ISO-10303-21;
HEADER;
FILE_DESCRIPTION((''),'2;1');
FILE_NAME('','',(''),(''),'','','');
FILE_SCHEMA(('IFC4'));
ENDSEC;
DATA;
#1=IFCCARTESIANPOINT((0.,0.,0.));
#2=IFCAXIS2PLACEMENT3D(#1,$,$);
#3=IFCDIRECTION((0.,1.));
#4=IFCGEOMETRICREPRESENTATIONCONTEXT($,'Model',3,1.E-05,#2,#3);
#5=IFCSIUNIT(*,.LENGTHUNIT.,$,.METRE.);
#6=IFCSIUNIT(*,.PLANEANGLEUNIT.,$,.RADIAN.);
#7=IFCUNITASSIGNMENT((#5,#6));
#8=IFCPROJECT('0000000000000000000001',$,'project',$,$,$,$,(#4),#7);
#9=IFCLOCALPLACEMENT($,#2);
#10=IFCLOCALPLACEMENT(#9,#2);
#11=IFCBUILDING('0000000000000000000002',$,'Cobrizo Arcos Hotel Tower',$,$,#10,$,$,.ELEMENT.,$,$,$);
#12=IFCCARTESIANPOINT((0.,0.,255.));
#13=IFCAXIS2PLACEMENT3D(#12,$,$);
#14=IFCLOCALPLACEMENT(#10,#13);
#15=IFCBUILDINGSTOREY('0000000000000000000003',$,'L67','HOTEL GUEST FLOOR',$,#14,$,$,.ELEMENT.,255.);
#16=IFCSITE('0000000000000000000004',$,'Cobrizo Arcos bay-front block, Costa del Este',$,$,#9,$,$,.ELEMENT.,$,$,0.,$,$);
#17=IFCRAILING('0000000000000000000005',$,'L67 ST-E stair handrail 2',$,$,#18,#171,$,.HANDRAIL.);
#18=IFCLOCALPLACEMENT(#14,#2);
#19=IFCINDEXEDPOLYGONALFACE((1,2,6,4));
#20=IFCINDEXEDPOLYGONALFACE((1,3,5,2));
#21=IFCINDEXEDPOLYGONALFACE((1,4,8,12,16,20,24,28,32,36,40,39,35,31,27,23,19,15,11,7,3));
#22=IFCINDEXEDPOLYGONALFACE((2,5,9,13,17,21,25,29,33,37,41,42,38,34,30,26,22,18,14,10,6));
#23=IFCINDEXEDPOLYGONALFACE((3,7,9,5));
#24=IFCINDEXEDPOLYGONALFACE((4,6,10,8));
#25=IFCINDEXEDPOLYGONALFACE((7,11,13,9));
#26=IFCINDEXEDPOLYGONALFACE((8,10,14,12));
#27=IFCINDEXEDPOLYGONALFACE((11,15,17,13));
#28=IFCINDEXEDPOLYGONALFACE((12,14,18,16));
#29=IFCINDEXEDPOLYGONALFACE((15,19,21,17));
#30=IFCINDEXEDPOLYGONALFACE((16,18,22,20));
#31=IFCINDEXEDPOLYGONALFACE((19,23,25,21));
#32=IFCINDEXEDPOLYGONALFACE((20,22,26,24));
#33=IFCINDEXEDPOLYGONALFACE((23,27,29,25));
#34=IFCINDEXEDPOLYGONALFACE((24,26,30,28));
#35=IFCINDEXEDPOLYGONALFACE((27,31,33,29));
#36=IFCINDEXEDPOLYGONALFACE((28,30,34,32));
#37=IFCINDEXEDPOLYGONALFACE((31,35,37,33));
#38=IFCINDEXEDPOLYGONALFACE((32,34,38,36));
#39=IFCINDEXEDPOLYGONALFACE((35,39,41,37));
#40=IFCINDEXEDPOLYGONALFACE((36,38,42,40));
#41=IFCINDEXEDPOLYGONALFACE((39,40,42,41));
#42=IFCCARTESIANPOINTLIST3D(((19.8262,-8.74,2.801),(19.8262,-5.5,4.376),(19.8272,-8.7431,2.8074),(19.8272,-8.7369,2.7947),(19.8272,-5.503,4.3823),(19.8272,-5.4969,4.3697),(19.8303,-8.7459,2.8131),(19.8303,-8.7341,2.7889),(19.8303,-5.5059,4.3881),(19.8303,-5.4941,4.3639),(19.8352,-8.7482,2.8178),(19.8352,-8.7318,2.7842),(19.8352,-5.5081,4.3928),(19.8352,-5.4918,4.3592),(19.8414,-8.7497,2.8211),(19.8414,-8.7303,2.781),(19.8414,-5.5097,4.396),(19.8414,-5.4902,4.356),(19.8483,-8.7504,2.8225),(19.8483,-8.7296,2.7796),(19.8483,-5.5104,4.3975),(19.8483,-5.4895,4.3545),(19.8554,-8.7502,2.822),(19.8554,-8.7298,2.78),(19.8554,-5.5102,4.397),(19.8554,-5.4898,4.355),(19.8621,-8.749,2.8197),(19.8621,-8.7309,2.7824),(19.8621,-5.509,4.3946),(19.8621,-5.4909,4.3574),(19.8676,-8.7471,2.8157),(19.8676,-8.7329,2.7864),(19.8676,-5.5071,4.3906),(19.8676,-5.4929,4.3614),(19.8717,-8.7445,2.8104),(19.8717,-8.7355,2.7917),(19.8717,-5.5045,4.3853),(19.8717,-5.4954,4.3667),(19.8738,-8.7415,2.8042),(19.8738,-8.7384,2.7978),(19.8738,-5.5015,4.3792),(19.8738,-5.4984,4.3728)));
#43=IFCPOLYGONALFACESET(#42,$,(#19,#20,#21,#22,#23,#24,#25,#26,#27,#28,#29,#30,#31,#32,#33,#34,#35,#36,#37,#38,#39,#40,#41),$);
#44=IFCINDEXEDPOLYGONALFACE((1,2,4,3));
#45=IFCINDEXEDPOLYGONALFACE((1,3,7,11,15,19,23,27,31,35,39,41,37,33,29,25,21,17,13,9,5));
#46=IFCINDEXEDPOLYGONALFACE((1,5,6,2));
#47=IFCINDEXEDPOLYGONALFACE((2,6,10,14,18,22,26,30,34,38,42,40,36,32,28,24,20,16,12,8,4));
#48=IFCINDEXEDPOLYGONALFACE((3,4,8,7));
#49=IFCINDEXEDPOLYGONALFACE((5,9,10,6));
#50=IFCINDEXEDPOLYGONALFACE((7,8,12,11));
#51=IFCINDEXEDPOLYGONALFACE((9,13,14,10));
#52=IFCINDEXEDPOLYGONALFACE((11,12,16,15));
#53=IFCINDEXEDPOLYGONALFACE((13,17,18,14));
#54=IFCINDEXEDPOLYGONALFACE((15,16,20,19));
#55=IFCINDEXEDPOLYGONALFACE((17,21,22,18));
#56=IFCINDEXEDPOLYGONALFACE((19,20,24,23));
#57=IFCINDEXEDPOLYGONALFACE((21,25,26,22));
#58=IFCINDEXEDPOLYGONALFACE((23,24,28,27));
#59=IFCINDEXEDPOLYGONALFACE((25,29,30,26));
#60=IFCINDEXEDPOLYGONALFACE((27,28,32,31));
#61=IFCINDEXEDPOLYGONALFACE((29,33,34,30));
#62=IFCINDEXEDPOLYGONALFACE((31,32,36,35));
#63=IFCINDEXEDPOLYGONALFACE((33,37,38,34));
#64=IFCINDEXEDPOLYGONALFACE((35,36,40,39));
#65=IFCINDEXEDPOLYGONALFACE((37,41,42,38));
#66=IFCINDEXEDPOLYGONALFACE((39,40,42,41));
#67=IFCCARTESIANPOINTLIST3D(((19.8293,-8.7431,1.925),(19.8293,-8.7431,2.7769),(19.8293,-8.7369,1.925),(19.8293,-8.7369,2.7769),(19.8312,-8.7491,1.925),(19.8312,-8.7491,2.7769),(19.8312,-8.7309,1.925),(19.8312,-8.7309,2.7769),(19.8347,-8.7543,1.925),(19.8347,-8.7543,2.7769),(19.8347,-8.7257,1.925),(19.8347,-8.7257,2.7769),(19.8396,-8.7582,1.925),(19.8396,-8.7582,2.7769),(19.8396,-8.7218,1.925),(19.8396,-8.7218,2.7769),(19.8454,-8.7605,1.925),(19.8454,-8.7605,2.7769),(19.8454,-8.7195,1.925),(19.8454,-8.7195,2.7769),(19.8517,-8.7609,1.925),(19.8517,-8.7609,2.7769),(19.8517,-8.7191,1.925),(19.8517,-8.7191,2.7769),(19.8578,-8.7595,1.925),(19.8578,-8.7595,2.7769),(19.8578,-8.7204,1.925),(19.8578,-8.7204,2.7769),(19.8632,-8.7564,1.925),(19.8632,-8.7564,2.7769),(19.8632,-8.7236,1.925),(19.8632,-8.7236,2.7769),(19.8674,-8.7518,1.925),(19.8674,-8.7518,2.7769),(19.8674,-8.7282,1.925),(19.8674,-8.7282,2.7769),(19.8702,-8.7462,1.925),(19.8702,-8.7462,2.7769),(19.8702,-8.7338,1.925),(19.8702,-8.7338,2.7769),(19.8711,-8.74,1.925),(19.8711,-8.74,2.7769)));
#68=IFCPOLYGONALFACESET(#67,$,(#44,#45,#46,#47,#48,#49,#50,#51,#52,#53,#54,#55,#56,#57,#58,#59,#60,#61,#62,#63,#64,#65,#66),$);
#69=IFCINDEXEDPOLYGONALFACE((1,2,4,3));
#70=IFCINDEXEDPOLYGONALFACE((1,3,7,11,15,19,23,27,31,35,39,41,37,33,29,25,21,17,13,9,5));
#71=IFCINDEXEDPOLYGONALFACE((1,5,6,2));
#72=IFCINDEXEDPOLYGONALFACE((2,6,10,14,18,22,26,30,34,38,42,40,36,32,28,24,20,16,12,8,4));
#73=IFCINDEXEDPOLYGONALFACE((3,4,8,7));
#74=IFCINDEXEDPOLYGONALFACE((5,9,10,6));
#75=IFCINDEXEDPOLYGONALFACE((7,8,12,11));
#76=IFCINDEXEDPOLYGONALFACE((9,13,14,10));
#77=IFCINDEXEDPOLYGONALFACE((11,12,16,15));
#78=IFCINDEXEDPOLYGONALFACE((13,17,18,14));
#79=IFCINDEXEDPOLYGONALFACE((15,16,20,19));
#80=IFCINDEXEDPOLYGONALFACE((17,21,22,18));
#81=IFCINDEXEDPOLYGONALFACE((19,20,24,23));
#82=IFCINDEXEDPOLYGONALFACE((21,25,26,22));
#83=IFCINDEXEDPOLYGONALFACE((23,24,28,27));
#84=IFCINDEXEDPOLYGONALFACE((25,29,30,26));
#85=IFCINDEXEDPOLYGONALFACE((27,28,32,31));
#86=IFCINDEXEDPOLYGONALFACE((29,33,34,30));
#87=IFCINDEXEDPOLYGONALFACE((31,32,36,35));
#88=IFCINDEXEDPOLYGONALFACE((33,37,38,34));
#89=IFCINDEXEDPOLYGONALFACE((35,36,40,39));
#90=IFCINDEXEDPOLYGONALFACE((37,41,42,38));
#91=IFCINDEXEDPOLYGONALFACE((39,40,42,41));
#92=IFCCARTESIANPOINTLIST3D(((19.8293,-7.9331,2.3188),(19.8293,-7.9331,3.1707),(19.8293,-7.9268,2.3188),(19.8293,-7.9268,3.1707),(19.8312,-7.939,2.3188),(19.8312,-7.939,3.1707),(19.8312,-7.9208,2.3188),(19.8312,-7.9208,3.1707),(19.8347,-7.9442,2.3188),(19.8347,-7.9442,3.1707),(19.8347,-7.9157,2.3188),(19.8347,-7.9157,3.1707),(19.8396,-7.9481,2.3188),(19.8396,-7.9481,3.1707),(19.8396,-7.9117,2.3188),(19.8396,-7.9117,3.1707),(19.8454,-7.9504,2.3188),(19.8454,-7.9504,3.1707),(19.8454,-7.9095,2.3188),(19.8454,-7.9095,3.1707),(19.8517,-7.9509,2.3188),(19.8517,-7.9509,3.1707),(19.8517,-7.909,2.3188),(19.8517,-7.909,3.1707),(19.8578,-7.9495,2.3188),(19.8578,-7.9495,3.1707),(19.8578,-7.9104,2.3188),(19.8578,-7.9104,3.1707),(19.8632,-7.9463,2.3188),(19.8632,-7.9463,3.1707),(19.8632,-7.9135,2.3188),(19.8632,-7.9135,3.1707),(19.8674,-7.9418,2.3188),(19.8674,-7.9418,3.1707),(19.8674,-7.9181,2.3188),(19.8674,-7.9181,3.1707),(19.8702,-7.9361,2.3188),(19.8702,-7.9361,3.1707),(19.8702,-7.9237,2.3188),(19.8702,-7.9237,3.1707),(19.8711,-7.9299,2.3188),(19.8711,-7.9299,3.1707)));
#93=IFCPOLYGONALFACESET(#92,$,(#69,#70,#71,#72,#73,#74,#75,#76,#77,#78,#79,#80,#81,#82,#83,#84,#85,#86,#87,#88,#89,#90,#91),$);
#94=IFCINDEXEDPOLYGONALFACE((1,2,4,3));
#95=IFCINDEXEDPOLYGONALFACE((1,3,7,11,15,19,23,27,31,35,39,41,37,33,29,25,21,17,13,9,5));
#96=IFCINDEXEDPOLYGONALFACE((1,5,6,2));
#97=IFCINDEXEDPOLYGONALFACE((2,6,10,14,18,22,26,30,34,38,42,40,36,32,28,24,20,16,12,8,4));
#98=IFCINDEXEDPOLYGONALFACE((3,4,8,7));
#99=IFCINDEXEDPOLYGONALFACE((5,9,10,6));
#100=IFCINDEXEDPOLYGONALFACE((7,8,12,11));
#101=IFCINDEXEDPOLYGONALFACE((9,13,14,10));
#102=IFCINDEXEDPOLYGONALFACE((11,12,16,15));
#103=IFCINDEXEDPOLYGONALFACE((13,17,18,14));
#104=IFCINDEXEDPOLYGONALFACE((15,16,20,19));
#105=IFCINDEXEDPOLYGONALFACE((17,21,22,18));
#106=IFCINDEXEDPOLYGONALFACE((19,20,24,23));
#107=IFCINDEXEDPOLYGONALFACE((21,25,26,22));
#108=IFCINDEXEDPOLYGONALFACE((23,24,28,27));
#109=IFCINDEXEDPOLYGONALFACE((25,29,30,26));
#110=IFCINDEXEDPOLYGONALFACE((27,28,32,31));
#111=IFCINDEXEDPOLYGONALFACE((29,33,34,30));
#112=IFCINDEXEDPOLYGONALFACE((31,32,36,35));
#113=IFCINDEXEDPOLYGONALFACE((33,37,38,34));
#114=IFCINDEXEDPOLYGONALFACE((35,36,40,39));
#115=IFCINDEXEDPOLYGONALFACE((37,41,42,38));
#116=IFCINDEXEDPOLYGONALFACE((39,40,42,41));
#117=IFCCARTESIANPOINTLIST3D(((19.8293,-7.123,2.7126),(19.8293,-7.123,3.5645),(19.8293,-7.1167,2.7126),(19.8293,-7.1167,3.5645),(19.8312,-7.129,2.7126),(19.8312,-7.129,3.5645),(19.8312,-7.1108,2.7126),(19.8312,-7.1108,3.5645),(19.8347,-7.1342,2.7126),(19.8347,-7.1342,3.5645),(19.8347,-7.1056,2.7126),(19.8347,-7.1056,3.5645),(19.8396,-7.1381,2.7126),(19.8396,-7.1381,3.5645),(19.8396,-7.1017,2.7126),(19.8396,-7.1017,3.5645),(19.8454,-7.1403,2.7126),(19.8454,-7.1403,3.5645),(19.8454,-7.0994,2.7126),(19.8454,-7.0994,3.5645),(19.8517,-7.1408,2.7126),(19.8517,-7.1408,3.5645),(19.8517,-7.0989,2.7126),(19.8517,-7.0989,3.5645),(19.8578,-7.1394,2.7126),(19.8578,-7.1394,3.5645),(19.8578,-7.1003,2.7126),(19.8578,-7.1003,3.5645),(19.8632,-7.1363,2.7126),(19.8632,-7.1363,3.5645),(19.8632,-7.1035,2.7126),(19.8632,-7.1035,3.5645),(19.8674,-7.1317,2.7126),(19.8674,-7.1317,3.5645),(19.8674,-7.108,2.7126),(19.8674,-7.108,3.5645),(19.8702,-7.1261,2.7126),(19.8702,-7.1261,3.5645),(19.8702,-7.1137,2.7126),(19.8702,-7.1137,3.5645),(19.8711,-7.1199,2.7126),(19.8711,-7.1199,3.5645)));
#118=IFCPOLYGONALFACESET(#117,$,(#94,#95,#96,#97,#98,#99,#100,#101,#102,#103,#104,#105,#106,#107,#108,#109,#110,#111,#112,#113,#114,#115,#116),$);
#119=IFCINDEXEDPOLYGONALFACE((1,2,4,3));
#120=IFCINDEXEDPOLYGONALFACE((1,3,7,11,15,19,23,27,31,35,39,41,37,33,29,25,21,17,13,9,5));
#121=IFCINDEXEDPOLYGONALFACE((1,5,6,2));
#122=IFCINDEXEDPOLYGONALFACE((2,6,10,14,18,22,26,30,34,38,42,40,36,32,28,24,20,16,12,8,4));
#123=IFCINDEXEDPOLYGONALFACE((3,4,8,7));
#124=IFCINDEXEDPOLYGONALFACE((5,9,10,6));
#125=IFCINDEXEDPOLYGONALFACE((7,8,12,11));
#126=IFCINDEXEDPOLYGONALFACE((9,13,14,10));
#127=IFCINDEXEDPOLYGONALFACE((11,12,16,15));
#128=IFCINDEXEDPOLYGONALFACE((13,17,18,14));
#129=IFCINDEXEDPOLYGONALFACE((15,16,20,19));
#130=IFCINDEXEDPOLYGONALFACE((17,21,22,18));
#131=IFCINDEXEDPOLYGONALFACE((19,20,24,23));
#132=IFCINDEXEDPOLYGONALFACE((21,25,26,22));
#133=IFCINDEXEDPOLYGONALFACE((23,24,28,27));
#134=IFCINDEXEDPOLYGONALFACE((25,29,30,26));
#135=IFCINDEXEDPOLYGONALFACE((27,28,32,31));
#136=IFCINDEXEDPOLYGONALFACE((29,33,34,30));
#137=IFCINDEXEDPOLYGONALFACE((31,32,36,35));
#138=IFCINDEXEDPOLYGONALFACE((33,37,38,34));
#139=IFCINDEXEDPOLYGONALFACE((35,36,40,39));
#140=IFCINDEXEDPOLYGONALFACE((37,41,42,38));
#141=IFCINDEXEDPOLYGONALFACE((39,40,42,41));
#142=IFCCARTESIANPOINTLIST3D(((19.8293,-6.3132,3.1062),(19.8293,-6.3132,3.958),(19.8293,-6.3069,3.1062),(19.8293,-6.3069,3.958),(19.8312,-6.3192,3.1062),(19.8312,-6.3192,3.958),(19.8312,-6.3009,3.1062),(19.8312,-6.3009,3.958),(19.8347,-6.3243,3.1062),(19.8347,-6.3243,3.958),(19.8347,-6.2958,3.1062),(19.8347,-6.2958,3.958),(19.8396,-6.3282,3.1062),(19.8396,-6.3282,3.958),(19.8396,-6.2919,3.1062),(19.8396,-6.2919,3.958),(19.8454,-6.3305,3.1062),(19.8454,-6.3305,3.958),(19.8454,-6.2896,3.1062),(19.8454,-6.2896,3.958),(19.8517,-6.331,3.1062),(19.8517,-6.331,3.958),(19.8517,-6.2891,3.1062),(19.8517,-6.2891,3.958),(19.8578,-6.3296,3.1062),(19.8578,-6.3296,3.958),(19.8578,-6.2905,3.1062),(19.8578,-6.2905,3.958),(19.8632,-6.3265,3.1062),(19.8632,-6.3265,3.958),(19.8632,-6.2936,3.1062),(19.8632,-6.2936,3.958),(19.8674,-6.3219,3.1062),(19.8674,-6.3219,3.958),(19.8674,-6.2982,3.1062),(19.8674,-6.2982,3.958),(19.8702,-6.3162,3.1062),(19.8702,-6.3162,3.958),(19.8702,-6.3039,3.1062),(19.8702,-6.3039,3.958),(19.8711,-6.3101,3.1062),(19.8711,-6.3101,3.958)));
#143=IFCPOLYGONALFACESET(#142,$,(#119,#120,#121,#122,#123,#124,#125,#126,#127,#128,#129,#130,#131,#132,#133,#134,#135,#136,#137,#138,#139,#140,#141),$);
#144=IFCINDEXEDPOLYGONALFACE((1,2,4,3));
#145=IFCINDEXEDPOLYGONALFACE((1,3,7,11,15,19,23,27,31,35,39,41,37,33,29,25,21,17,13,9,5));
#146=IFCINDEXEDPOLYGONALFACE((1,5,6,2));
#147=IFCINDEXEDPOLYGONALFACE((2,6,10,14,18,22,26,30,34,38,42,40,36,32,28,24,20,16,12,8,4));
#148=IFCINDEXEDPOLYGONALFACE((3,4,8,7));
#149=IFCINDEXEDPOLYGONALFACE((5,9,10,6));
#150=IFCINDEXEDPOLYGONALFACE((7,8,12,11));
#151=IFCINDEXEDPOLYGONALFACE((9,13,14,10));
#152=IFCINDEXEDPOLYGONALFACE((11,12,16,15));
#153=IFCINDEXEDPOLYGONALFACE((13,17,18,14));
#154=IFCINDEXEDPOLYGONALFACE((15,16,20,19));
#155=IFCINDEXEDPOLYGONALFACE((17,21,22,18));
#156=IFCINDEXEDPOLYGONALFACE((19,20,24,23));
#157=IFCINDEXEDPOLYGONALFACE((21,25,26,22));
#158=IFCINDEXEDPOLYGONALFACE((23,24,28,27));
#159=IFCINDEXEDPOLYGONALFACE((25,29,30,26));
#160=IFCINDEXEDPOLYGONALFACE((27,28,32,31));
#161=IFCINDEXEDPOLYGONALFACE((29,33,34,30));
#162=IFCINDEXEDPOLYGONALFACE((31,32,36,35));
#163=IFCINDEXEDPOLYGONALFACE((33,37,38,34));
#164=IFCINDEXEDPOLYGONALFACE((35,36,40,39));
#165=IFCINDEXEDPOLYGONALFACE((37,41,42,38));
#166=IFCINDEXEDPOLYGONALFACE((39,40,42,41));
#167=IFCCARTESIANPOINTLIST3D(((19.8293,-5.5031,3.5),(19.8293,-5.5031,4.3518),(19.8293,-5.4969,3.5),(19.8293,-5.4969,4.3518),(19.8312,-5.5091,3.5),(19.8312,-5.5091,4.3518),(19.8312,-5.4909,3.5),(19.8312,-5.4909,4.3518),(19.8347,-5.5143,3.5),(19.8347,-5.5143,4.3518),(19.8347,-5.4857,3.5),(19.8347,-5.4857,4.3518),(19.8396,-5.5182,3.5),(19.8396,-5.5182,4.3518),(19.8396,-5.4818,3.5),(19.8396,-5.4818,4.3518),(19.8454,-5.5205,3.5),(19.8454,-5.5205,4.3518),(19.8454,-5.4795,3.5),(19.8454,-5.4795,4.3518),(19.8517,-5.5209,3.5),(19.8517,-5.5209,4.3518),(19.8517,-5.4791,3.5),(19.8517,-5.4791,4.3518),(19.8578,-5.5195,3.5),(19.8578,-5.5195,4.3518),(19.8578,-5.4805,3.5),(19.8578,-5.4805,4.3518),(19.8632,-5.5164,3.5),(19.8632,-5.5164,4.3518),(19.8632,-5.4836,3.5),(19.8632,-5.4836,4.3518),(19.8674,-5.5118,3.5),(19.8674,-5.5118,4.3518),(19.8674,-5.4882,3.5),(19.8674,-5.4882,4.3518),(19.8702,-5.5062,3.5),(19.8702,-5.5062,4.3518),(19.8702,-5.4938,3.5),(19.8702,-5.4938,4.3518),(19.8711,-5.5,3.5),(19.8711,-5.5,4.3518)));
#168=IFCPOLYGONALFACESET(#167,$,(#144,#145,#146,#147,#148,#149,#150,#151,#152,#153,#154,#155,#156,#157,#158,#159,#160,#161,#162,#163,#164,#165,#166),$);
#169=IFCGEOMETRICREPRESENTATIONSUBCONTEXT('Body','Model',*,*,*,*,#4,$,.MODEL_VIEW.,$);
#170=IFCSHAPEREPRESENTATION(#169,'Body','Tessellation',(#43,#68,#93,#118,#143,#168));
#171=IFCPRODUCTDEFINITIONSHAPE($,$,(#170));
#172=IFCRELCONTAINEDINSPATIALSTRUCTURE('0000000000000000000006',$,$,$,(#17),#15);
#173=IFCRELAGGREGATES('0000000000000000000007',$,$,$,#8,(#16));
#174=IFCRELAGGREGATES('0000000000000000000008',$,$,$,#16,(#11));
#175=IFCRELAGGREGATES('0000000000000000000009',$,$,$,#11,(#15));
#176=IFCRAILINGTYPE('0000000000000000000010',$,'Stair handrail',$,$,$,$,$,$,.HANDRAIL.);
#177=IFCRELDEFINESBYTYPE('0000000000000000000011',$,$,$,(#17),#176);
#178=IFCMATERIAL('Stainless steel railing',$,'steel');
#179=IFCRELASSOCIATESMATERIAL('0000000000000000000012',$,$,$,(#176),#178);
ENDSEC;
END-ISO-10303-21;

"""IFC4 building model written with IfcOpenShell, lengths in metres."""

from ifc_helpers import new_model, si_unit, direction, frame, origin, origin_2d, place, context, subcontext, project, spatial, circle, extrude, material, type_object, element, save


model = new_model("IFC4")

# Units and contexts
model_context = context("Model", 3, precision=1e-05, world=origin(), true_north=direction((0.0, 1.0)))
body_context = subcontext(model_context, "Body", "Model", "MODEL_VIEW")
ifc_project = project(units=[si_unit("LENGTHUNIT", "METRE"), si_unit("PLANEANGLEUNIT", "RADIAN")], contexts=[model_context])

# Site, building, storey
site_placement = place(None, origin())
site = spatial("IfcSite", under=ifc_project, at=site_placement, Name="Cobrizo Arcos bay-front block, Costa del Este", CompositionType="ELEMENT", RefElevation=0.0)
building_placement = place(site_placement, origin())
building = spatial("IfcBuilding", under=site, at=building_placement, Name="Cobrizo Arcos Hotel Tower", CompositionType="ELEMENT")
storey_placement = place(building_placement, frame((0.0, 0.0, 255.0)))
storey = spatial("IfcBuildingStorey", under=building, at=storey_placement, Name="L67", Description="HOTEL GUEST FLOOR", CompositionType="ELEMENT", Elevation=255.0)

# Railing
ifc_material_1 = material(Name="Stainless steel railing", Category="steel")
railing_type_1 = type_object("IfcRailingType", Name="Stair handrail", PredefinedType="HANDRAIL", material=ifc_material_1)
railing_1_placement = place(storey_placement, frame((19.8501, -8.74, 1.925)))
element("IfcRailing", 1, at=railing_1_placement, inside=storey, type_object=railing_type_1, Name="L67 ST-E stair handrail 2", PredefinedType="HANDRAIL", context=body_context, shape_type="SweptSolid", body=[
    extrude(circle(Radius=0.0239, at=origin_2d()), frame((0.0, 0.0, 0.876), z_axis=(0.0, 0.899373, 0.437183), x_axis=(-1.0, 0.0, 0.0)), (0.0, 0.0, 1.0), 3.6025),
    extrude(circle(Radius=0.021, at=origin_2d()), origin(), (0.0, 0.0, 1.0), 0.8518),
    extrude(circle(Radius=0.021, at=origin_2d()), frame((0.0, 0.8101, 0.3938)), (0.0, 0.0, 1.0), 0.8518),
    extrude(circle(Radius=0.021, at=origin_2d()), frame((0.0, 1.6201, 0.7876)), (0.0, 0.0, 1.0), 0.8518),
    extrude(circle(Radius=0.021, at=origin_2d()), frame((0.0, 2.4299, 1.1812)), (0.0, 0.0, 1.0), 0.8518),
    extrude(circle(Radius=0.021, at=origin_2d()), frame((0.0, 3.24, 1.575)), (0.0, 0.0, 1.0), 0.8518),
])

save(model, "model.ifc")
